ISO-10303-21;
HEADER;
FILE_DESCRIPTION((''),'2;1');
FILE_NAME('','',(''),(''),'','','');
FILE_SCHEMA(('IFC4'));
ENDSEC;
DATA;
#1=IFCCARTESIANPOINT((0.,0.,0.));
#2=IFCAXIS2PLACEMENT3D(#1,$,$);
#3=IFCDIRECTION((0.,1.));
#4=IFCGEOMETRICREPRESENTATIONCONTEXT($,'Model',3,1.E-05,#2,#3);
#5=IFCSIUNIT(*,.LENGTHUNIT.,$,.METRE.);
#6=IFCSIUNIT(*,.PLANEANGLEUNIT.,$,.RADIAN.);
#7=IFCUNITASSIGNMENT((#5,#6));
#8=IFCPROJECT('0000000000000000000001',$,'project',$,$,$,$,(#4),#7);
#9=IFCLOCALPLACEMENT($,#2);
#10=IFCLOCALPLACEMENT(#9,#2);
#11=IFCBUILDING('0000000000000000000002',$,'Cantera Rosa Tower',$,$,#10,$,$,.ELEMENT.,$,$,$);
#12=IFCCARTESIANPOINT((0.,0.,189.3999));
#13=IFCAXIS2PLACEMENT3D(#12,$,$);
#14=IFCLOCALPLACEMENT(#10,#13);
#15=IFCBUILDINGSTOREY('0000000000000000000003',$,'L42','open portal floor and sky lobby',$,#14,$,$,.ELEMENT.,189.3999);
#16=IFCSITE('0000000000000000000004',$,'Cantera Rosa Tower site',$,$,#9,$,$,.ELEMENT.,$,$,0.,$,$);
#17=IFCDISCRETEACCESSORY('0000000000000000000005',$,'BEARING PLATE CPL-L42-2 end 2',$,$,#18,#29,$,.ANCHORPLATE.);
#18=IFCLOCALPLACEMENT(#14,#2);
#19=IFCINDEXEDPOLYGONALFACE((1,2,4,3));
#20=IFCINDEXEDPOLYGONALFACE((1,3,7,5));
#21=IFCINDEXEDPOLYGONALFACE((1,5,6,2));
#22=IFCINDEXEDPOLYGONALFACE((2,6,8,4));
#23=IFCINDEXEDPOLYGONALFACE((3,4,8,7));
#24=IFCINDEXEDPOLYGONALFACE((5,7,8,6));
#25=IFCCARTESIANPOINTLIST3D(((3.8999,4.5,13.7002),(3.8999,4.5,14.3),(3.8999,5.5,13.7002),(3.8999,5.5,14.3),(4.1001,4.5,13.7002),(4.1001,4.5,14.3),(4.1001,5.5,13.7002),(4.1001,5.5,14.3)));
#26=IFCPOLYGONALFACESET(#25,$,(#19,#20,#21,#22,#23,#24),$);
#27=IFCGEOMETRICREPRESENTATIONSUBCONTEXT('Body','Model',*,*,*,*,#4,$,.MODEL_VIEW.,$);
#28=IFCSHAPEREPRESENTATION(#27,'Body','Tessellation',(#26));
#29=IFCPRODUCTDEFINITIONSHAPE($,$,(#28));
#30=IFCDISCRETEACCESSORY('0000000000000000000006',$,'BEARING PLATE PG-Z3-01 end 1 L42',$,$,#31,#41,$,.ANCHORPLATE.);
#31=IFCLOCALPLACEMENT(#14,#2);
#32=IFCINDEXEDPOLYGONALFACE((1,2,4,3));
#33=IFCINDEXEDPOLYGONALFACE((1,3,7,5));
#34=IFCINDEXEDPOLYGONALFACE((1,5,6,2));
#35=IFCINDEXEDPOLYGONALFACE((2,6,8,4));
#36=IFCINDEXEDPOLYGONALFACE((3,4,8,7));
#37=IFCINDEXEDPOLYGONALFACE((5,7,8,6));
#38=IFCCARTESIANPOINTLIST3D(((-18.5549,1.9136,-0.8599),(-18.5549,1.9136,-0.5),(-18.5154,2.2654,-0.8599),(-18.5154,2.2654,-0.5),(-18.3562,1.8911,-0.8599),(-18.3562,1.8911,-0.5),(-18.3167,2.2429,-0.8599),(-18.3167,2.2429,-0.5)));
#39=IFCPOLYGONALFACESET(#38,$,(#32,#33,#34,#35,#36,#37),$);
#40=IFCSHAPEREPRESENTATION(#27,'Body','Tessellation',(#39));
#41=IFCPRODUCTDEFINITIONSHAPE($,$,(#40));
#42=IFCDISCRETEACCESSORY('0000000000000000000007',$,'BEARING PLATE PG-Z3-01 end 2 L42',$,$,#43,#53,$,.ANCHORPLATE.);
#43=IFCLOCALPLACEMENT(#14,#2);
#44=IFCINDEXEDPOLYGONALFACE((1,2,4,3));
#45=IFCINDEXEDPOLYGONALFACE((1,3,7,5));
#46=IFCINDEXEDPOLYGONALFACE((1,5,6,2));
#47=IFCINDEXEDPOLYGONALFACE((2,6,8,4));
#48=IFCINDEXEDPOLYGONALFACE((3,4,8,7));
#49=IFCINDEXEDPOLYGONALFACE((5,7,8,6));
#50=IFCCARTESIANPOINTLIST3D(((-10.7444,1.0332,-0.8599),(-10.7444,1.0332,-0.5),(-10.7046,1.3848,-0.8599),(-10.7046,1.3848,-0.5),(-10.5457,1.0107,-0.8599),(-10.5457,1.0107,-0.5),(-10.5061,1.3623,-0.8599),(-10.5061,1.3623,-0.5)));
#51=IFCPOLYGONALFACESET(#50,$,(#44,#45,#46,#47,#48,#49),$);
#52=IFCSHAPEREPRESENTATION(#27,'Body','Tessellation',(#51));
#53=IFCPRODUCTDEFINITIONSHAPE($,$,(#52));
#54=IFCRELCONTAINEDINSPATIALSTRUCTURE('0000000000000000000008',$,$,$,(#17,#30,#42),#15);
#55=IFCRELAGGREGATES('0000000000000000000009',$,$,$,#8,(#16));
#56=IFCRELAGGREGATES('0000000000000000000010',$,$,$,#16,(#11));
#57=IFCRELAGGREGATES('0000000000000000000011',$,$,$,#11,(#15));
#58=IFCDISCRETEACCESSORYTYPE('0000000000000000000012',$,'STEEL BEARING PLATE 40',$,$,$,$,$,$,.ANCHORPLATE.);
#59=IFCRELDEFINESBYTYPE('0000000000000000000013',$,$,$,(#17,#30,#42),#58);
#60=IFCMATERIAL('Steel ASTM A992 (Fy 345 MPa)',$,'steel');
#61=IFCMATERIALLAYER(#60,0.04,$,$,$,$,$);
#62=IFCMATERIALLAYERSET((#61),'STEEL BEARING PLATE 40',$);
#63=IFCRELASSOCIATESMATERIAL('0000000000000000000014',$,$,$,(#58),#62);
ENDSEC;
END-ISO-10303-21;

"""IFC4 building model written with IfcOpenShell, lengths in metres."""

from ifc_helpers import new_model, si_unit, direction, frame, origin, place, context, subcontext, project, spatial, polyline, outline, extrude, material, layer, layer_set, type_object, element, save


model = new_model("IFC4")

# Units and contexts
model_context = context("Model", 3, precision=1e-05, world=origin(), true_north=direction((0.0, 1.0)))
body_context = subcontext(model_context, "Body", "Model", "MODEL_VIEW")
ifc_project = project(units=[si_unit("LENGTHUNIT", "METRE"), si_unit("PLANEANGLEUNIT", "RADIAN")], contexts=[model_context])

# Site, building, storey
site_placement = place(None, origin())
site = spatial("IfcSite", under=ifc_project, at=site_placement, Name="Cantera Rosa Tower site", CompositionType="ELEMENT", RefElevation=0.0)
building_placement = place(site_placement, origin())
building = spatial("IfcBuilding", under=site, at=building_placement, Name="Cantera Rosa Tower", CompositionType="ELEMENT")
storey_placement = place(building_placement, frame((0.0, 0.0, 189.3999)))
storey = spatial("IfcBuildingStorey", under=building, at=storey_placement, Name="L42", Description="open portal floor and sky lobby", CompositionType="ELEMENT", Elevation=189.3999)

# Discrete accessories
ifc_material_1 = material(Name="Steel ASTM A992 (Fy 345 MPa)", Category="steel")
ifc_layer_1 = layer(ifc_material_1, 0.04)
ifc_layer_set_1 = layer_set([ifc_layer_1], Name="STEEL BEARING PLATE 40")
discrete_accessory_type = type_object("IfcDiscreteAccessoryType", Name="STEEL BEARING PLATE 40", PredefinedType="ANCHORPLATE", material=ifc_layer_set_1)
discrete_accessory_1_placement = place(storey_placement, frame((0.0, 0.0, 13.7002)))
element("IfcDiscreteAccessory", 1, at=discrete_accessory_1_placement, inside=storey, type_object=discrete_accessory_type, Name="BEARING PLATE CPL-L42-2 end 2", PredefinedType="ANCHORPLATE", context=body_context, shape_type="SweptSolid", body=[
    extrude(outline(polyline([(3.8999, 4.5), (4.1001, 4.5), (4.1001, 5.5), (3.8999, 5.5), (3.8999, 4.5)])), origin(), (0.0, 0.0, 1.0), 0.5999),
])
discrete_accessory_2_placement = place(storey_placement, frame((0.0, 0.0, -0.8599)))
element("IfcDiscreteAccessory", 2, at=discrete_accessory_2_placement, inside=storey, type_object=discrete_accessory_type, Name="BEARING PLATE PG-Z3-01 end 1 L42", PredefinedType="ANCHORPLATE", context=body_context, shape_type="SweptSolid", body=[
    extrude(outline(polyline([(-18.3167, 2.2429), (-18.5154, 2.2654), (-18.5549, 1.9136), (-18.3562, 1.8911), (-18.3167, 2.2429)])), origin(), (0.0, 0.0, 1.0), 0.3599),
])
discrete_accessory_3_placement = place(storey_placement, frame((0.0, 0.0, -0.8599)))
element("IfcDiscreteAccessory", 3, at=discrete_accessory_3_placement, inside=storey, type_object=discrete_accessory_type, Name="BEARING PLATE PG-Z3-01 end 2 L42", PredefinedType="ANCHORPLATE", context=body_context, shape_type="SweptSolid", body=[
    extrude(outline(polyline([(-10.7444, 1.0332), (-10.5457, 1.0107), (-10.5061, 1.3623), (-10.7046, 1.3848), (-10.7444, 1.0332)])), origin(), (0.0, 0.0, 1.0), 0.3599),
])

save(model, "model.ifc")
